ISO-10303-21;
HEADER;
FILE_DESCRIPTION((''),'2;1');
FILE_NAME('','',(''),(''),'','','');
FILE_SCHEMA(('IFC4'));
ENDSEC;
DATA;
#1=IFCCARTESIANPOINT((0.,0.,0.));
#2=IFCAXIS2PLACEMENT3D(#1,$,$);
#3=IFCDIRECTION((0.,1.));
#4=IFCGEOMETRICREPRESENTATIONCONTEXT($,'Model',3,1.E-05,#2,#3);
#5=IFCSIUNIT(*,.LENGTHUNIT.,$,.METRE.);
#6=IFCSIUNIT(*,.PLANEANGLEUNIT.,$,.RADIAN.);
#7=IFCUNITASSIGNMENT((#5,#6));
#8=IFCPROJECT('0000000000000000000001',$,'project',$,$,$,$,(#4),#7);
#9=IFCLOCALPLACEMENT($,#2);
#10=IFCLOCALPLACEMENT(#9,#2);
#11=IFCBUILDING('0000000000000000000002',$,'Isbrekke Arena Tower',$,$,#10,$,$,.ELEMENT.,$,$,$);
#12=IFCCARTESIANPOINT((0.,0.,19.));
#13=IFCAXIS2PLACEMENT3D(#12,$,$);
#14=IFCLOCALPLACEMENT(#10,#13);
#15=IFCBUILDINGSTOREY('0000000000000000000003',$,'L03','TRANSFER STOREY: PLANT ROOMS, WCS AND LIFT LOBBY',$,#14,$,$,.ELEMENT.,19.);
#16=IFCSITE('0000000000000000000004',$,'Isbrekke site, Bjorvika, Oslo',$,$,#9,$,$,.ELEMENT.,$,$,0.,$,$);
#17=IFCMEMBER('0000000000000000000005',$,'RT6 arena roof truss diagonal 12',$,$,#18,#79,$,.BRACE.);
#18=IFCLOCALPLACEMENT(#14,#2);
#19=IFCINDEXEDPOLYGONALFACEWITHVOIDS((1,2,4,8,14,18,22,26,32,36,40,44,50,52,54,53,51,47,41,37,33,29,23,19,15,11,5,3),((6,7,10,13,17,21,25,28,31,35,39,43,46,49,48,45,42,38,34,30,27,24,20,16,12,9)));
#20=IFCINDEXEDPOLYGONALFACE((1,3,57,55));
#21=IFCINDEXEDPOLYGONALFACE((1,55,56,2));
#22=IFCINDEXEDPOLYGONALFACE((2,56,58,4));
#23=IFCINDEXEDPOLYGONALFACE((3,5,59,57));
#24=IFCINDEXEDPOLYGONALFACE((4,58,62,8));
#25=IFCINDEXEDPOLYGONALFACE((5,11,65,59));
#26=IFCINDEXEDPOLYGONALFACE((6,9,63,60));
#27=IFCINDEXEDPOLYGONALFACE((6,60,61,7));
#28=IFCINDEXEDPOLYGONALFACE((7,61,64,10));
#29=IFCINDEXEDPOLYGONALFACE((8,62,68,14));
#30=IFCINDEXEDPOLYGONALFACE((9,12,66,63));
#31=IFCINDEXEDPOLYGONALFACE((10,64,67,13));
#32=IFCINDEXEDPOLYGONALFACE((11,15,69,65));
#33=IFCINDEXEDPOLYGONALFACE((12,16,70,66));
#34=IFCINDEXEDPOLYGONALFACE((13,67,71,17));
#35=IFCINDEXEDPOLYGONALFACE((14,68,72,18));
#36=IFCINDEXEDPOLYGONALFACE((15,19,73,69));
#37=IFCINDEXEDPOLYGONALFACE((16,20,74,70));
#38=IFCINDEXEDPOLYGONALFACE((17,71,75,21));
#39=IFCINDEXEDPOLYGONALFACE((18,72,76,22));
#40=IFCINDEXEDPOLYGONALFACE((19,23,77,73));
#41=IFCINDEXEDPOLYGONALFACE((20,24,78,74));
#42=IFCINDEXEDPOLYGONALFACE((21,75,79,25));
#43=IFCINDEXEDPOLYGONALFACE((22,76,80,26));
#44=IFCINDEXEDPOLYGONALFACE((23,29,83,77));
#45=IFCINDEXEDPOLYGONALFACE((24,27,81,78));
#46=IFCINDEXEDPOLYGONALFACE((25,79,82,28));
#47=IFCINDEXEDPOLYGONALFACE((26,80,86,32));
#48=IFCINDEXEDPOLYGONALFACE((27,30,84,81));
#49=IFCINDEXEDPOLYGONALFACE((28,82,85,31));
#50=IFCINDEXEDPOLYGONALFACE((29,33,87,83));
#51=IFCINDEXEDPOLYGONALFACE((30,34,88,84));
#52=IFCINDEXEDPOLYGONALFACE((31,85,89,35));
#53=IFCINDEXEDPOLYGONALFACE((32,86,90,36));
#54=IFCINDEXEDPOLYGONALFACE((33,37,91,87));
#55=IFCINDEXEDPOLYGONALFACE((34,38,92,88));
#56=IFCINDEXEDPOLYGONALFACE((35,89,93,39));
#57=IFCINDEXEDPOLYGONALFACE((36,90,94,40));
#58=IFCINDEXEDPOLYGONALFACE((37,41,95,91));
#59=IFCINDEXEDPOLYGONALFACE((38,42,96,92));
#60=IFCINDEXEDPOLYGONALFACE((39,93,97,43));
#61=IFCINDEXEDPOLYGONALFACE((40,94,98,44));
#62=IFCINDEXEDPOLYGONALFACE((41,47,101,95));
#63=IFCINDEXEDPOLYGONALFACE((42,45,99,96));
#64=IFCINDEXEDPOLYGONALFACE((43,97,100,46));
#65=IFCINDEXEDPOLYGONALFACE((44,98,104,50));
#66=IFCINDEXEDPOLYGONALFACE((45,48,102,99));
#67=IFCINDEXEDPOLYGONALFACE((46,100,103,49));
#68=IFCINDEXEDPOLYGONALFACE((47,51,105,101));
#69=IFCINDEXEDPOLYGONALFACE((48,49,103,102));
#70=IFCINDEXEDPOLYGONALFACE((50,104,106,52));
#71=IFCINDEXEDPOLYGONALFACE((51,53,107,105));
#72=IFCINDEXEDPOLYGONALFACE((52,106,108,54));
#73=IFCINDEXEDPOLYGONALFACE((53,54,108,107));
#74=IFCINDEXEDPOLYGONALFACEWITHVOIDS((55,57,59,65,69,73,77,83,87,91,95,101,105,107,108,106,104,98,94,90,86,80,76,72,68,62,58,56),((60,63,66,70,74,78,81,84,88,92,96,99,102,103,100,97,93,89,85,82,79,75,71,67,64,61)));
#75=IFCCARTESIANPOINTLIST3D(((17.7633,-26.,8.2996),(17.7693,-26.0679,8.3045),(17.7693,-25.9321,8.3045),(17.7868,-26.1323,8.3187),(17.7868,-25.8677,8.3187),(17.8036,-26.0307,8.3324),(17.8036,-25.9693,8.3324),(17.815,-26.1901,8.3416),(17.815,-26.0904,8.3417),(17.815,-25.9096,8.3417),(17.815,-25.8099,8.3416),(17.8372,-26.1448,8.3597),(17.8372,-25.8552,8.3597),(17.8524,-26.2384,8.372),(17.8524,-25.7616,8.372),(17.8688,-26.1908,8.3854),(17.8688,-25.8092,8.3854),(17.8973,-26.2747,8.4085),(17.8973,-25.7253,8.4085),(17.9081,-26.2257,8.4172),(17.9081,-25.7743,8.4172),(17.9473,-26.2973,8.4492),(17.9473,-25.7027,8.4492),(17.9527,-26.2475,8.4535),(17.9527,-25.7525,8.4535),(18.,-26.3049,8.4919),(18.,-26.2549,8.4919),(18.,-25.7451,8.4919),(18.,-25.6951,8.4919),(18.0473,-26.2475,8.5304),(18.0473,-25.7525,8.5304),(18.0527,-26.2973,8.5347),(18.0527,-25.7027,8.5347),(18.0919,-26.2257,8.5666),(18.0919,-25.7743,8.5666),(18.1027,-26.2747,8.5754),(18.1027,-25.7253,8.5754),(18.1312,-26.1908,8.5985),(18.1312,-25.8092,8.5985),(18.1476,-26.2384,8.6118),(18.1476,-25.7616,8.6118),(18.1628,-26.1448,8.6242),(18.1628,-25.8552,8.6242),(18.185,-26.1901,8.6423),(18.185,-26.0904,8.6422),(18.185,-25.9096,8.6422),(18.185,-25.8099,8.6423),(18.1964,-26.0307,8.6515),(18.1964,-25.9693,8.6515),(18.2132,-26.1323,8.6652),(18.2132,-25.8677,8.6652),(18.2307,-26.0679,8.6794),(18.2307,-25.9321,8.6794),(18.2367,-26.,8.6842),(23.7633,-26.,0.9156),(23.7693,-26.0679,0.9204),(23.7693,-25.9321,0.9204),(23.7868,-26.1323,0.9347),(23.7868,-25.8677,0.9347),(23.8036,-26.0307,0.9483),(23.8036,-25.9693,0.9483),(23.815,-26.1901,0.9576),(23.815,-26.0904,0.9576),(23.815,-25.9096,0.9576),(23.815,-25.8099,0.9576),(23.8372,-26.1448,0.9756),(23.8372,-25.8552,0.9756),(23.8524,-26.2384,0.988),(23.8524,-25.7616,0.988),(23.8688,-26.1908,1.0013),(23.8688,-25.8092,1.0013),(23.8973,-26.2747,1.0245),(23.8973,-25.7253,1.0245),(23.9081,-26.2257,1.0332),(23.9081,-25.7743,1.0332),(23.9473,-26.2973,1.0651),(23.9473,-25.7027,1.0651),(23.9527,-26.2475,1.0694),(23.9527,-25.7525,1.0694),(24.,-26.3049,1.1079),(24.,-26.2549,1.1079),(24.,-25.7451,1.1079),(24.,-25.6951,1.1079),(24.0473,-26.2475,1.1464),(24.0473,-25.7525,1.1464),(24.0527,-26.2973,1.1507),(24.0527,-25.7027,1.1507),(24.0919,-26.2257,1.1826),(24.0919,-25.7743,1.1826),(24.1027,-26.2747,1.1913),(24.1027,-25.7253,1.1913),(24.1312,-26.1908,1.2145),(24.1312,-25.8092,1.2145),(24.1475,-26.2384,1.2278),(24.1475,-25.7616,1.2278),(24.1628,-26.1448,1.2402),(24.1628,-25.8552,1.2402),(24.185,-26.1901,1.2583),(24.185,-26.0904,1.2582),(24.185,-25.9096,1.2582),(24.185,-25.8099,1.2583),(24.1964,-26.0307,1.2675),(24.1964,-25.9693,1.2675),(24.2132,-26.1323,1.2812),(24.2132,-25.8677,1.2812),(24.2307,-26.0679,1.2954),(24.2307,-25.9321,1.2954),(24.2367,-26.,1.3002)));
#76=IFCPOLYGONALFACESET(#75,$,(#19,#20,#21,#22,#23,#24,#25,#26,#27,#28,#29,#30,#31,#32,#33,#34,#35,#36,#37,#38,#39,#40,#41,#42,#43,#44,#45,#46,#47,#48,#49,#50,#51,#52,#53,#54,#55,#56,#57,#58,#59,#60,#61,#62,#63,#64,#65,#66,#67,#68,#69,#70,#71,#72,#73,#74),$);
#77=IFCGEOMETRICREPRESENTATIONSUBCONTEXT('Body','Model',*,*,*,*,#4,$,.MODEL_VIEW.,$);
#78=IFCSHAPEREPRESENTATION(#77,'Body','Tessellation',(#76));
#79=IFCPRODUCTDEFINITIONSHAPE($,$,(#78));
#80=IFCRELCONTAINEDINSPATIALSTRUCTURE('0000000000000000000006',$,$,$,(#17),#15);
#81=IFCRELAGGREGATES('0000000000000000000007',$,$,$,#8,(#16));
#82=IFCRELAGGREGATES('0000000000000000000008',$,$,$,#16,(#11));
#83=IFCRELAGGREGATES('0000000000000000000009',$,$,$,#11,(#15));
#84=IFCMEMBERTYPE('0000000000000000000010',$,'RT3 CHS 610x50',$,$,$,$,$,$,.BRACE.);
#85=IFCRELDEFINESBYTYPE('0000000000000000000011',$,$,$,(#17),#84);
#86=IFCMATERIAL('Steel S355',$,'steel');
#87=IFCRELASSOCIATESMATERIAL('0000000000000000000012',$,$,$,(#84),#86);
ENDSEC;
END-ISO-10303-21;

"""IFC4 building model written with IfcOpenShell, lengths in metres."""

from ifc_helpers import new_model, si_unit, direction, frame, origin, origin_2d, place, context, subcontext, project, spatial, hollow_circle, extrude, material, material_profile, profile_set, type_object, element, save


model = new_model("IFC4")

# Units and contexts
model_context = context("Model", 3, precision=1e-05, world=origin(), true_north=direction((0.0, 1.0)))
body_context = subcontext(model_context, "Body", "Model", "MODEL_VIEW")
ifc_project = project(units=[si_unit("LENGTHUNIT", "METRE"), si_unit("PLANEANGLEUNIT", "RADIAN")], contexts=[model_context])

# Site, building, storey
site_placement = place(None, origin())
site = spatial("IfcSite", under=ifc_project, at=site_placement, Name="Isbrekke site, Bjorvika, Oslo", CompositionType="ELEMENT", RefElevation=0.0)
building_placement = place(site_placement, origin())
building = spatial("IfcBuilding", under=site, at=building_placement, Name="Isbrekke Arena Tower", CompositionType="ELEMENT")
storey_placement = place(building_placement, frame((0.0, 0.0, 19.0)))
storey = spatial("IfcBuildingStorey", under=building, at=storey_placement, Name="L03", Description="TRANSFER STOREY: PLANT ROOMS, WCS AND LIFT LOBBY", CompositionType="ELEMENT", Elevation=19.0)

# Member
ifc_material_1 = material(Name="Steel S355", Category="steel")
ifc_material_profile_1 = material_profile(ifc_material_1, hollow_circle(Radius=0.3049, WallThickness=0.05, at=origin_2d()), Name="CHS 610x50")
ifc_profile_set_1 = profile_set([ifc_material_profile_1], Name="Steel S355")
member_type_1 = type_object("IfcMemberType", Name="RT3 CHS 610x50", PredefinedType="BRACE", material=ifc_profile_set_1)
for number, where, z_axis, x_axis, name in (
    (1, (18.0, -26.0, 8.4919), (0.630623, 0.0, -0.77609), (0.0, 1.0, 0.0), "RT6 arena roof truss diagonal 12"),
):
    element("IfcMember", number, at=place(storey_placement, frame(where, z_axis=z_axis, x_axis=x_axis)), inside=storey, type_object=member_type_1, Name=name, PredefinedType="BRACE", context=body_context, shape_type="SweptSolid", body=[
        extrude(hollow_circle(Radius=0.3049, WallThickness=0.05, at=origin_2d()), origin(), (0.0, 0.0, 1.0), 9.5144),
    ])

save(model, "model.ifc")
